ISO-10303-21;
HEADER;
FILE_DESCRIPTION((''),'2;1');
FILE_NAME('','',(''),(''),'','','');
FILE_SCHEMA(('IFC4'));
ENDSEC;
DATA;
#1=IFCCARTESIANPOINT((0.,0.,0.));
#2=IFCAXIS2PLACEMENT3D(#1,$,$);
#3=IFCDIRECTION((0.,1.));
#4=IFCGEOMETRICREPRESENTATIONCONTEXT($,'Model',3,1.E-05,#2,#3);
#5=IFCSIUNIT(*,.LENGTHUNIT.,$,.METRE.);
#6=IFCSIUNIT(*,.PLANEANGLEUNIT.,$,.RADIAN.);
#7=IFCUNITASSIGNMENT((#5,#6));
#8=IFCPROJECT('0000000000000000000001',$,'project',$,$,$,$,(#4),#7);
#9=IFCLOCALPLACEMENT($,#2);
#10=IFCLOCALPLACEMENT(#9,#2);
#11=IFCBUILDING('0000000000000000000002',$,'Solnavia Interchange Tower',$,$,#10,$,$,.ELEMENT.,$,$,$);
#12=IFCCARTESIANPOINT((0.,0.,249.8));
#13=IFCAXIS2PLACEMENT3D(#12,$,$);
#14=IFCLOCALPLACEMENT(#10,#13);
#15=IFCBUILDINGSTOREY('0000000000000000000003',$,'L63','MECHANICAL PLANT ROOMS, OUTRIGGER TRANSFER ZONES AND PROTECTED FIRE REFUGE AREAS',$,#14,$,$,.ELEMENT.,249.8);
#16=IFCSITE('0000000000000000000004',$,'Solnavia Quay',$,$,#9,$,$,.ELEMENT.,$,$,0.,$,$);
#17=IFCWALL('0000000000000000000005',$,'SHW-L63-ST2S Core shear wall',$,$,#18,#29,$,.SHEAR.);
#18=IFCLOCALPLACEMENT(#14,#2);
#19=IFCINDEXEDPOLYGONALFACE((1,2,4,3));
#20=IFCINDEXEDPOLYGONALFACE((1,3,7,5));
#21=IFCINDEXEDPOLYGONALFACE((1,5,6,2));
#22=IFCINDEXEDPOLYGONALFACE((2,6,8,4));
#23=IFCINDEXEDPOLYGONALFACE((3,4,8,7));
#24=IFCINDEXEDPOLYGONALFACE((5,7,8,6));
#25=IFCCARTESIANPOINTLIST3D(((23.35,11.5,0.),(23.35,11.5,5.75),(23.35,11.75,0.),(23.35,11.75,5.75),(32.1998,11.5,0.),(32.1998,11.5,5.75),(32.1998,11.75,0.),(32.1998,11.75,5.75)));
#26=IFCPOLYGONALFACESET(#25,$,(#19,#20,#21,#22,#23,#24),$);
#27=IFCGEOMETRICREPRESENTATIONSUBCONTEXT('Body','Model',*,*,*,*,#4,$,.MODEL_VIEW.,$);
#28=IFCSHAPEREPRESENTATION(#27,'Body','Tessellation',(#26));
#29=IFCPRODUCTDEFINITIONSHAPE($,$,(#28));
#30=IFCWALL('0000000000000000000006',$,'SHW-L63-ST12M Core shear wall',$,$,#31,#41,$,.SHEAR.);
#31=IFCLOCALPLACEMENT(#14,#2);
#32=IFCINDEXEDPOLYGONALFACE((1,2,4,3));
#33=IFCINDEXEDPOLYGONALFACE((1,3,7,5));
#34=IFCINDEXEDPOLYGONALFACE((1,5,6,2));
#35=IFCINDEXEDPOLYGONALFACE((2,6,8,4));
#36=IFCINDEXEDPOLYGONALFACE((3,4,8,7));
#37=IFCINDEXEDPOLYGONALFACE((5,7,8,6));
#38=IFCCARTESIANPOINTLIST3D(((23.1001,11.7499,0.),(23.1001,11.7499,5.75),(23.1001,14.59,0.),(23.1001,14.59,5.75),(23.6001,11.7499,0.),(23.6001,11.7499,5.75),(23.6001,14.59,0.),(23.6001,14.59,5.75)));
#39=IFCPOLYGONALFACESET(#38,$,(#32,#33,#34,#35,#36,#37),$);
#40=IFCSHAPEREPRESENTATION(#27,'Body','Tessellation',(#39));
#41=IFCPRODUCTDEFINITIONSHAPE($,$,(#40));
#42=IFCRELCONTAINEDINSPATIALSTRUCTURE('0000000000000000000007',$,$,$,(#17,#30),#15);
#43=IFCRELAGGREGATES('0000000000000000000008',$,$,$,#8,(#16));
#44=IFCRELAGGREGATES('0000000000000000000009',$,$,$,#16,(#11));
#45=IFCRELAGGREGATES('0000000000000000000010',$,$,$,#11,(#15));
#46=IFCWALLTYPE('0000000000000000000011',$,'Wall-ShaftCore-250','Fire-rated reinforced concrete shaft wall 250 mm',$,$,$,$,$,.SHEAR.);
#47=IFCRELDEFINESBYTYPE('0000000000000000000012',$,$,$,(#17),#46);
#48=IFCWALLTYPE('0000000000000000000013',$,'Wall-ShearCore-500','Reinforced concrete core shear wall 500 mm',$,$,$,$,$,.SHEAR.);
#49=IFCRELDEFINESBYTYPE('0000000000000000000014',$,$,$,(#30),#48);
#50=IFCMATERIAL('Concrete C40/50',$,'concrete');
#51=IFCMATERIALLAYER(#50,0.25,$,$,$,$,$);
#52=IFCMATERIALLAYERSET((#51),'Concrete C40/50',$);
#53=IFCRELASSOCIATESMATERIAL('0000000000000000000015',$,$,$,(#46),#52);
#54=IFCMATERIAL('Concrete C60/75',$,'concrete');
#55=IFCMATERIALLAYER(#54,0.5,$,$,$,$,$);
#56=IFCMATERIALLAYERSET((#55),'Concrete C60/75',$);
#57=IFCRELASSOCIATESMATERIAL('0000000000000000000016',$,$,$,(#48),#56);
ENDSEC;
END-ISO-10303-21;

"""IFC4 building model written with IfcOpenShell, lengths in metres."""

from ifc_helpers import new_model, si_unit, direction, frame, frame_2d, origin, place, context, subcontext, project, spatial, rectangle, extrude, material, layer, layer_set, type_object, element, save


model = new_model("IFC4")

# Units and contexts
model_context = context("Model", 3, precision=1e-05, world=origin(), true_north=direction((0.0, 1.0)))
body_context = subcontext(model_context, "Body", "Model", "MODEL_VIEW")
ifc_project = project(units=[si_unit("LENGTHUNIT", "METRE"), si_unit("PLANEANGLEUNIT", "RADIAN")], contexts=[model_context])

# Site, building, storey
site_placement = place(None, origin())
site = spatial("IfcSite", under=ifc_project, at=site_placement, Name="Solnavia Quay", CompositionType="ELEMENT", RefElevation=0.0)
building_placement = place(site_placement, origin())
building = spatial("IfcBuilding", under=site, at=building_placement, Name="Solnavia Interchange Tower", CompositionType="ELEMENT")
storey_placement = place(building_placement, frame((0.0, 0.0, 249.8)))
storey = spatial("IfcBuildingStorey", under=building, at=storey_placement, Name="L63", Description="MECHANICAL PLANT ROOMS, OUTRIGGER TRANSFER ZONES AND PROTECTED FIRE REFUGE AREAS", CompositionType="ELEMENT", Elevation=249.8)

# Walls
ifc_material_1 = material(Name="Concrete C40/50", Category="concrete")
ifc_layer_1 = layer(ifc_material_1, 0.25)
ifc_layer_set_1 = layer_set([ifc_layer_1], Name="Concrete C40/50")
wall_type_1 = type_object("IfcWallType", Name="Wall-ShaftCore-250", Description="Fire-rated reinforced concrete shaft wall 250 mm", PredefinedType="SHEAR", material=ifc_layer_set_1)
wall_1_placement = place(storey_placement, frame((23.3501, 11.625, 0.0), z_axis=(0.0, 0.0, 1.0), x_axis=(1.0, 0.0, 0.0)))
element("IfcWall", 1, at=wall_1_placement, inside=storey, type_object=wall_type_1, Name="SHW-L63-ST2S Core shear wall", PredefinedType="SHEAR", context=body_context, shape_type="SweptSolid", body=[
    extrude(rectangle(XDim=8.8499, YDim=0.25, at=frame_2d((4.4248, 0.0))), origin(), (0.0, 0.0, 1.0), 5.75),
])
ifc_material_2 = material(Name="Concrete C60/75", Category="concrete")
ifc_layer_2 = layer(ifc_material_2, 0.5)
ifc_layer_set_2 = layer_set([ifc_layer_2], Name="Concrete C60/75")
wall_type_2 = type_object("IfcWallType", Name="Wall-ShearCore-500", Description="Reinforced concrete core shear wall 500 mm", PredefinedType="SHEAR", material=ifc_layer_set_2)
wall_2_placement = place(storey_placement, frame((23.3501, 11.75, 0.0), z_axis=(0.0, 0.0, 1.0), x_axis=(0.0, 1.0, 0.0)))
element("IfcWall", 2, at=wall_2_placement, inside=storey, type_object=wall_type_2, Name="SHW-L63-ST12M Core shear wall", PredefinedType="SHEAR", context=body_context, shape_type="SweptSolid", body=[
    extrude(rectangle(XDim=2.8401, YDim=0.5, at=frame_2d((1.4199, 0.0))), origin(), (0.0, 0.0, 1.0), 5.75),
])

save(model, "model.ifc")
